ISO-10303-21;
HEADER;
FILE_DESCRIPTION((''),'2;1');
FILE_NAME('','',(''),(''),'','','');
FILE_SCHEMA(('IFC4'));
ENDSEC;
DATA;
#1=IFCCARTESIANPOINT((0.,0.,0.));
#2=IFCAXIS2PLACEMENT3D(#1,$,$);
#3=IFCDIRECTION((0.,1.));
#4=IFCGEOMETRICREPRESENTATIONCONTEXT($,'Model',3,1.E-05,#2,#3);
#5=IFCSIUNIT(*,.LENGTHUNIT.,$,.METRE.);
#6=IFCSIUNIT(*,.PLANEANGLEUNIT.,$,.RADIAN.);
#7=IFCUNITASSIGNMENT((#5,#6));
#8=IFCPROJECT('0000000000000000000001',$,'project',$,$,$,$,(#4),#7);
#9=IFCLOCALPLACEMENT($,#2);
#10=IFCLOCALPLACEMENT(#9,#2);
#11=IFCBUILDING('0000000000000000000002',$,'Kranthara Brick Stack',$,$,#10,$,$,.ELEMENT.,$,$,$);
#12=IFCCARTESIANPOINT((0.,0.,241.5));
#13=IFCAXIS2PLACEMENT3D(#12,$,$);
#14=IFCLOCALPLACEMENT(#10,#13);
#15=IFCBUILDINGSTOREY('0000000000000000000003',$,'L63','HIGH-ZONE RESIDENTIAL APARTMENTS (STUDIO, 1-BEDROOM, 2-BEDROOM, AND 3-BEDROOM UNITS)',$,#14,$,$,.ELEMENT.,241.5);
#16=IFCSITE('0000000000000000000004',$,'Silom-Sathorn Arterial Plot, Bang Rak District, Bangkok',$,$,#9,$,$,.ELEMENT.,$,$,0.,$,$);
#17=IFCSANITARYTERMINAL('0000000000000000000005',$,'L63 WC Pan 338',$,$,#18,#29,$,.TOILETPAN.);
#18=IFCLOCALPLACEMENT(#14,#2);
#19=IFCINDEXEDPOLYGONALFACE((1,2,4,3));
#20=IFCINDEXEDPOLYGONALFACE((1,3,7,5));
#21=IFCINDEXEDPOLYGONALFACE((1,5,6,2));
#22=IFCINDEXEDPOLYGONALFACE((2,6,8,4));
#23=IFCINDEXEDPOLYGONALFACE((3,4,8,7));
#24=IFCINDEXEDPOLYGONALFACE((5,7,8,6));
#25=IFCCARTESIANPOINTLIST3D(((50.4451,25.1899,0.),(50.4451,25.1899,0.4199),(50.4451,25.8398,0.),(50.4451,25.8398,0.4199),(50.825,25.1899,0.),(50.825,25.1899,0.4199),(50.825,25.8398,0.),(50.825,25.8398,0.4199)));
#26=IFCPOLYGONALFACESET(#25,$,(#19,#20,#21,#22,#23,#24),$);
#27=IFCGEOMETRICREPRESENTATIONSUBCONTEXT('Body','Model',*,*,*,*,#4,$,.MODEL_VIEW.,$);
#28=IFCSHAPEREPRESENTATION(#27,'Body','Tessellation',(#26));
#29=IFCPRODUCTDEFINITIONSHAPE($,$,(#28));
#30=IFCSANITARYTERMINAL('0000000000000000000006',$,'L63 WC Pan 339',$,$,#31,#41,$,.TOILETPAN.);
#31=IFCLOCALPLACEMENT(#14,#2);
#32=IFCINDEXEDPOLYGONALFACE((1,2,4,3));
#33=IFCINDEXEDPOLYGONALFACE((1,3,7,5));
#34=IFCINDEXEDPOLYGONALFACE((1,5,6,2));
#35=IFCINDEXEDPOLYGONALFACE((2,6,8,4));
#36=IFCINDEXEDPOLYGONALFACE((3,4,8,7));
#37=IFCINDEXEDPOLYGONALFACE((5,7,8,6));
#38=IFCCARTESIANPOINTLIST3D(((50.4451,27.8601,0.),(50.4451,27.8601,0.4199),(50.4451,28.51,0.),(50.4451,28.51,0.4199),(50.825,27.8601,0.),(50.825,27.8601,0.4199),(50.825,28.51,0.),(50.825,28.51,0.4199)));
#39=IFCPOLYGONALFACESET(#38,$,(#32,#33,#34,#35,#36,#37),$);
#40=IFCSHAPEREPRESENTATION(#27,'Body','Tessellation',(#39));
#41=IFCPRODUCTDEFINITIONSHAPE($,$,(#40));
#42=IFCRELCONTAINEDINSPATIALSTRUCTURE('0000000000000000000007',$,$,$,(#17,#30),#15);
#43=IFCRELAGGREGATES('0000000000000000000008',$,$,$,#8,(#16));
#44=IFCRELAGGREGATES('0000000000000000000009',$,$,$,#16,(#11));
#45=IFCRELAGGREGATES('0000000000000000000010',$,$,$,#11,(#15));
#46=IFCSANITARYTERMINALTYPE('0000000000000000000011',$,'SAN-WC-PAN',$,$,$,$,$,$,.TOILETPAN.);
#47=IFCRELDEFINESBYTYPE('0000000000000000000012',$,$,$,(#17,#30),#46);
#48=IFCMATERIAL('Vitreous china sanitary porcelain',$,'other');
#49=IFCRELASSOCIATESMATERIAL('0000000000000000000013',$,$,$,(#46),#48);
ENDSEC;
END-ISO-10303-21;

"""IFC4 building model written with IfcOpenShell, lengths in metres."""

from ifc_helpers import new_model, si_unit, direction, frame, origin, origin_2d, place, context, subcontext, project, spatial, rectangle, extrude, material, type_object, element, save


model = new_model("IFC4")

# Units and contexts
model_context = context("Model", 3, precision=1e-05, world=origin(), true_north=direction((0.0, 1.0)))
body_context = subcontext(model_context, "Body", "Model", "MODEL_VIEW")
ifc_project = project(units=[si_unit("LENGTHUNIT", "METRE"), si_unit("PLANEANGLEUNIT", "RADIAN")], contexts=[model_context])

# Site, building, storey
site_placement = place(None, origin())
site = spatial("IfcSite", under=ifc_project, at=site_placement, Name="Silom-Sathorn Arterial Plot, Bang Rak District, Bangkok", CompositionType="ELEMENT", RefElevation=0.0)
building_placement = place(site_placement, origin())
building = spatial("IfcBuilding", under=site, at=building_placement, Name="Kranthara Brick Stack", CompositionType="ELEMENT")
storey_placement = place(building_placement, frame((0.0, 0.0, 241.5)))
storey = spatial("IfcBuildingStorey", under=building, at=storey_placement, Name="L63", Description="HIGH-ZONE RESIDENTIAL APARTMENTS (STUDIO, 1-BEDROOM, 2-BEDROOM, AND 3-BEDROOM UNITS)", CompositionType="ELEMENT", Elevation=241.5)

# Sanitary terminals
ifc_material_1 = material(Name="Vitreous china sanitary porcelain", Category="other")
sanitary_terminal_type_1 = type_object("IfcSanitaryTerminalType", Name="SAN-WC-PAN", PredefinedType="TOILETPAN", material=ifc_material_1)
for number, where, z_axis, x_axis, name in (
    (1, (50.635, 25.5149, 0.0), (0.0, 0.0, 1.0), (1.0, 0.0, 0.0), "L63 WC Pan 338"),
    (2, (50.635, 28.1851, 0.0), (0.0, 0.0, 1.0), (1.0, 0.0, 0.0), "L63 WC Pan 339"),
):
    element("IfcSanitaryTerminal", number, at=place(storey_placement, frame(where, z_axis=z_axis, x_axis=x_axis)), inside=storey, type_object=sanitary_terminal_type_1, Name=name, PredefinedType="TOILETPAN", context=body_context, shape_type="SweptSolid", body=[
        extrude(rectangle(XDim=0.3799, YDim=0.6499, at=origin_2d()), origin(), (0.0, 0.0, 1.0), 0.4199),
    ])

save(model, "model.ifc")
